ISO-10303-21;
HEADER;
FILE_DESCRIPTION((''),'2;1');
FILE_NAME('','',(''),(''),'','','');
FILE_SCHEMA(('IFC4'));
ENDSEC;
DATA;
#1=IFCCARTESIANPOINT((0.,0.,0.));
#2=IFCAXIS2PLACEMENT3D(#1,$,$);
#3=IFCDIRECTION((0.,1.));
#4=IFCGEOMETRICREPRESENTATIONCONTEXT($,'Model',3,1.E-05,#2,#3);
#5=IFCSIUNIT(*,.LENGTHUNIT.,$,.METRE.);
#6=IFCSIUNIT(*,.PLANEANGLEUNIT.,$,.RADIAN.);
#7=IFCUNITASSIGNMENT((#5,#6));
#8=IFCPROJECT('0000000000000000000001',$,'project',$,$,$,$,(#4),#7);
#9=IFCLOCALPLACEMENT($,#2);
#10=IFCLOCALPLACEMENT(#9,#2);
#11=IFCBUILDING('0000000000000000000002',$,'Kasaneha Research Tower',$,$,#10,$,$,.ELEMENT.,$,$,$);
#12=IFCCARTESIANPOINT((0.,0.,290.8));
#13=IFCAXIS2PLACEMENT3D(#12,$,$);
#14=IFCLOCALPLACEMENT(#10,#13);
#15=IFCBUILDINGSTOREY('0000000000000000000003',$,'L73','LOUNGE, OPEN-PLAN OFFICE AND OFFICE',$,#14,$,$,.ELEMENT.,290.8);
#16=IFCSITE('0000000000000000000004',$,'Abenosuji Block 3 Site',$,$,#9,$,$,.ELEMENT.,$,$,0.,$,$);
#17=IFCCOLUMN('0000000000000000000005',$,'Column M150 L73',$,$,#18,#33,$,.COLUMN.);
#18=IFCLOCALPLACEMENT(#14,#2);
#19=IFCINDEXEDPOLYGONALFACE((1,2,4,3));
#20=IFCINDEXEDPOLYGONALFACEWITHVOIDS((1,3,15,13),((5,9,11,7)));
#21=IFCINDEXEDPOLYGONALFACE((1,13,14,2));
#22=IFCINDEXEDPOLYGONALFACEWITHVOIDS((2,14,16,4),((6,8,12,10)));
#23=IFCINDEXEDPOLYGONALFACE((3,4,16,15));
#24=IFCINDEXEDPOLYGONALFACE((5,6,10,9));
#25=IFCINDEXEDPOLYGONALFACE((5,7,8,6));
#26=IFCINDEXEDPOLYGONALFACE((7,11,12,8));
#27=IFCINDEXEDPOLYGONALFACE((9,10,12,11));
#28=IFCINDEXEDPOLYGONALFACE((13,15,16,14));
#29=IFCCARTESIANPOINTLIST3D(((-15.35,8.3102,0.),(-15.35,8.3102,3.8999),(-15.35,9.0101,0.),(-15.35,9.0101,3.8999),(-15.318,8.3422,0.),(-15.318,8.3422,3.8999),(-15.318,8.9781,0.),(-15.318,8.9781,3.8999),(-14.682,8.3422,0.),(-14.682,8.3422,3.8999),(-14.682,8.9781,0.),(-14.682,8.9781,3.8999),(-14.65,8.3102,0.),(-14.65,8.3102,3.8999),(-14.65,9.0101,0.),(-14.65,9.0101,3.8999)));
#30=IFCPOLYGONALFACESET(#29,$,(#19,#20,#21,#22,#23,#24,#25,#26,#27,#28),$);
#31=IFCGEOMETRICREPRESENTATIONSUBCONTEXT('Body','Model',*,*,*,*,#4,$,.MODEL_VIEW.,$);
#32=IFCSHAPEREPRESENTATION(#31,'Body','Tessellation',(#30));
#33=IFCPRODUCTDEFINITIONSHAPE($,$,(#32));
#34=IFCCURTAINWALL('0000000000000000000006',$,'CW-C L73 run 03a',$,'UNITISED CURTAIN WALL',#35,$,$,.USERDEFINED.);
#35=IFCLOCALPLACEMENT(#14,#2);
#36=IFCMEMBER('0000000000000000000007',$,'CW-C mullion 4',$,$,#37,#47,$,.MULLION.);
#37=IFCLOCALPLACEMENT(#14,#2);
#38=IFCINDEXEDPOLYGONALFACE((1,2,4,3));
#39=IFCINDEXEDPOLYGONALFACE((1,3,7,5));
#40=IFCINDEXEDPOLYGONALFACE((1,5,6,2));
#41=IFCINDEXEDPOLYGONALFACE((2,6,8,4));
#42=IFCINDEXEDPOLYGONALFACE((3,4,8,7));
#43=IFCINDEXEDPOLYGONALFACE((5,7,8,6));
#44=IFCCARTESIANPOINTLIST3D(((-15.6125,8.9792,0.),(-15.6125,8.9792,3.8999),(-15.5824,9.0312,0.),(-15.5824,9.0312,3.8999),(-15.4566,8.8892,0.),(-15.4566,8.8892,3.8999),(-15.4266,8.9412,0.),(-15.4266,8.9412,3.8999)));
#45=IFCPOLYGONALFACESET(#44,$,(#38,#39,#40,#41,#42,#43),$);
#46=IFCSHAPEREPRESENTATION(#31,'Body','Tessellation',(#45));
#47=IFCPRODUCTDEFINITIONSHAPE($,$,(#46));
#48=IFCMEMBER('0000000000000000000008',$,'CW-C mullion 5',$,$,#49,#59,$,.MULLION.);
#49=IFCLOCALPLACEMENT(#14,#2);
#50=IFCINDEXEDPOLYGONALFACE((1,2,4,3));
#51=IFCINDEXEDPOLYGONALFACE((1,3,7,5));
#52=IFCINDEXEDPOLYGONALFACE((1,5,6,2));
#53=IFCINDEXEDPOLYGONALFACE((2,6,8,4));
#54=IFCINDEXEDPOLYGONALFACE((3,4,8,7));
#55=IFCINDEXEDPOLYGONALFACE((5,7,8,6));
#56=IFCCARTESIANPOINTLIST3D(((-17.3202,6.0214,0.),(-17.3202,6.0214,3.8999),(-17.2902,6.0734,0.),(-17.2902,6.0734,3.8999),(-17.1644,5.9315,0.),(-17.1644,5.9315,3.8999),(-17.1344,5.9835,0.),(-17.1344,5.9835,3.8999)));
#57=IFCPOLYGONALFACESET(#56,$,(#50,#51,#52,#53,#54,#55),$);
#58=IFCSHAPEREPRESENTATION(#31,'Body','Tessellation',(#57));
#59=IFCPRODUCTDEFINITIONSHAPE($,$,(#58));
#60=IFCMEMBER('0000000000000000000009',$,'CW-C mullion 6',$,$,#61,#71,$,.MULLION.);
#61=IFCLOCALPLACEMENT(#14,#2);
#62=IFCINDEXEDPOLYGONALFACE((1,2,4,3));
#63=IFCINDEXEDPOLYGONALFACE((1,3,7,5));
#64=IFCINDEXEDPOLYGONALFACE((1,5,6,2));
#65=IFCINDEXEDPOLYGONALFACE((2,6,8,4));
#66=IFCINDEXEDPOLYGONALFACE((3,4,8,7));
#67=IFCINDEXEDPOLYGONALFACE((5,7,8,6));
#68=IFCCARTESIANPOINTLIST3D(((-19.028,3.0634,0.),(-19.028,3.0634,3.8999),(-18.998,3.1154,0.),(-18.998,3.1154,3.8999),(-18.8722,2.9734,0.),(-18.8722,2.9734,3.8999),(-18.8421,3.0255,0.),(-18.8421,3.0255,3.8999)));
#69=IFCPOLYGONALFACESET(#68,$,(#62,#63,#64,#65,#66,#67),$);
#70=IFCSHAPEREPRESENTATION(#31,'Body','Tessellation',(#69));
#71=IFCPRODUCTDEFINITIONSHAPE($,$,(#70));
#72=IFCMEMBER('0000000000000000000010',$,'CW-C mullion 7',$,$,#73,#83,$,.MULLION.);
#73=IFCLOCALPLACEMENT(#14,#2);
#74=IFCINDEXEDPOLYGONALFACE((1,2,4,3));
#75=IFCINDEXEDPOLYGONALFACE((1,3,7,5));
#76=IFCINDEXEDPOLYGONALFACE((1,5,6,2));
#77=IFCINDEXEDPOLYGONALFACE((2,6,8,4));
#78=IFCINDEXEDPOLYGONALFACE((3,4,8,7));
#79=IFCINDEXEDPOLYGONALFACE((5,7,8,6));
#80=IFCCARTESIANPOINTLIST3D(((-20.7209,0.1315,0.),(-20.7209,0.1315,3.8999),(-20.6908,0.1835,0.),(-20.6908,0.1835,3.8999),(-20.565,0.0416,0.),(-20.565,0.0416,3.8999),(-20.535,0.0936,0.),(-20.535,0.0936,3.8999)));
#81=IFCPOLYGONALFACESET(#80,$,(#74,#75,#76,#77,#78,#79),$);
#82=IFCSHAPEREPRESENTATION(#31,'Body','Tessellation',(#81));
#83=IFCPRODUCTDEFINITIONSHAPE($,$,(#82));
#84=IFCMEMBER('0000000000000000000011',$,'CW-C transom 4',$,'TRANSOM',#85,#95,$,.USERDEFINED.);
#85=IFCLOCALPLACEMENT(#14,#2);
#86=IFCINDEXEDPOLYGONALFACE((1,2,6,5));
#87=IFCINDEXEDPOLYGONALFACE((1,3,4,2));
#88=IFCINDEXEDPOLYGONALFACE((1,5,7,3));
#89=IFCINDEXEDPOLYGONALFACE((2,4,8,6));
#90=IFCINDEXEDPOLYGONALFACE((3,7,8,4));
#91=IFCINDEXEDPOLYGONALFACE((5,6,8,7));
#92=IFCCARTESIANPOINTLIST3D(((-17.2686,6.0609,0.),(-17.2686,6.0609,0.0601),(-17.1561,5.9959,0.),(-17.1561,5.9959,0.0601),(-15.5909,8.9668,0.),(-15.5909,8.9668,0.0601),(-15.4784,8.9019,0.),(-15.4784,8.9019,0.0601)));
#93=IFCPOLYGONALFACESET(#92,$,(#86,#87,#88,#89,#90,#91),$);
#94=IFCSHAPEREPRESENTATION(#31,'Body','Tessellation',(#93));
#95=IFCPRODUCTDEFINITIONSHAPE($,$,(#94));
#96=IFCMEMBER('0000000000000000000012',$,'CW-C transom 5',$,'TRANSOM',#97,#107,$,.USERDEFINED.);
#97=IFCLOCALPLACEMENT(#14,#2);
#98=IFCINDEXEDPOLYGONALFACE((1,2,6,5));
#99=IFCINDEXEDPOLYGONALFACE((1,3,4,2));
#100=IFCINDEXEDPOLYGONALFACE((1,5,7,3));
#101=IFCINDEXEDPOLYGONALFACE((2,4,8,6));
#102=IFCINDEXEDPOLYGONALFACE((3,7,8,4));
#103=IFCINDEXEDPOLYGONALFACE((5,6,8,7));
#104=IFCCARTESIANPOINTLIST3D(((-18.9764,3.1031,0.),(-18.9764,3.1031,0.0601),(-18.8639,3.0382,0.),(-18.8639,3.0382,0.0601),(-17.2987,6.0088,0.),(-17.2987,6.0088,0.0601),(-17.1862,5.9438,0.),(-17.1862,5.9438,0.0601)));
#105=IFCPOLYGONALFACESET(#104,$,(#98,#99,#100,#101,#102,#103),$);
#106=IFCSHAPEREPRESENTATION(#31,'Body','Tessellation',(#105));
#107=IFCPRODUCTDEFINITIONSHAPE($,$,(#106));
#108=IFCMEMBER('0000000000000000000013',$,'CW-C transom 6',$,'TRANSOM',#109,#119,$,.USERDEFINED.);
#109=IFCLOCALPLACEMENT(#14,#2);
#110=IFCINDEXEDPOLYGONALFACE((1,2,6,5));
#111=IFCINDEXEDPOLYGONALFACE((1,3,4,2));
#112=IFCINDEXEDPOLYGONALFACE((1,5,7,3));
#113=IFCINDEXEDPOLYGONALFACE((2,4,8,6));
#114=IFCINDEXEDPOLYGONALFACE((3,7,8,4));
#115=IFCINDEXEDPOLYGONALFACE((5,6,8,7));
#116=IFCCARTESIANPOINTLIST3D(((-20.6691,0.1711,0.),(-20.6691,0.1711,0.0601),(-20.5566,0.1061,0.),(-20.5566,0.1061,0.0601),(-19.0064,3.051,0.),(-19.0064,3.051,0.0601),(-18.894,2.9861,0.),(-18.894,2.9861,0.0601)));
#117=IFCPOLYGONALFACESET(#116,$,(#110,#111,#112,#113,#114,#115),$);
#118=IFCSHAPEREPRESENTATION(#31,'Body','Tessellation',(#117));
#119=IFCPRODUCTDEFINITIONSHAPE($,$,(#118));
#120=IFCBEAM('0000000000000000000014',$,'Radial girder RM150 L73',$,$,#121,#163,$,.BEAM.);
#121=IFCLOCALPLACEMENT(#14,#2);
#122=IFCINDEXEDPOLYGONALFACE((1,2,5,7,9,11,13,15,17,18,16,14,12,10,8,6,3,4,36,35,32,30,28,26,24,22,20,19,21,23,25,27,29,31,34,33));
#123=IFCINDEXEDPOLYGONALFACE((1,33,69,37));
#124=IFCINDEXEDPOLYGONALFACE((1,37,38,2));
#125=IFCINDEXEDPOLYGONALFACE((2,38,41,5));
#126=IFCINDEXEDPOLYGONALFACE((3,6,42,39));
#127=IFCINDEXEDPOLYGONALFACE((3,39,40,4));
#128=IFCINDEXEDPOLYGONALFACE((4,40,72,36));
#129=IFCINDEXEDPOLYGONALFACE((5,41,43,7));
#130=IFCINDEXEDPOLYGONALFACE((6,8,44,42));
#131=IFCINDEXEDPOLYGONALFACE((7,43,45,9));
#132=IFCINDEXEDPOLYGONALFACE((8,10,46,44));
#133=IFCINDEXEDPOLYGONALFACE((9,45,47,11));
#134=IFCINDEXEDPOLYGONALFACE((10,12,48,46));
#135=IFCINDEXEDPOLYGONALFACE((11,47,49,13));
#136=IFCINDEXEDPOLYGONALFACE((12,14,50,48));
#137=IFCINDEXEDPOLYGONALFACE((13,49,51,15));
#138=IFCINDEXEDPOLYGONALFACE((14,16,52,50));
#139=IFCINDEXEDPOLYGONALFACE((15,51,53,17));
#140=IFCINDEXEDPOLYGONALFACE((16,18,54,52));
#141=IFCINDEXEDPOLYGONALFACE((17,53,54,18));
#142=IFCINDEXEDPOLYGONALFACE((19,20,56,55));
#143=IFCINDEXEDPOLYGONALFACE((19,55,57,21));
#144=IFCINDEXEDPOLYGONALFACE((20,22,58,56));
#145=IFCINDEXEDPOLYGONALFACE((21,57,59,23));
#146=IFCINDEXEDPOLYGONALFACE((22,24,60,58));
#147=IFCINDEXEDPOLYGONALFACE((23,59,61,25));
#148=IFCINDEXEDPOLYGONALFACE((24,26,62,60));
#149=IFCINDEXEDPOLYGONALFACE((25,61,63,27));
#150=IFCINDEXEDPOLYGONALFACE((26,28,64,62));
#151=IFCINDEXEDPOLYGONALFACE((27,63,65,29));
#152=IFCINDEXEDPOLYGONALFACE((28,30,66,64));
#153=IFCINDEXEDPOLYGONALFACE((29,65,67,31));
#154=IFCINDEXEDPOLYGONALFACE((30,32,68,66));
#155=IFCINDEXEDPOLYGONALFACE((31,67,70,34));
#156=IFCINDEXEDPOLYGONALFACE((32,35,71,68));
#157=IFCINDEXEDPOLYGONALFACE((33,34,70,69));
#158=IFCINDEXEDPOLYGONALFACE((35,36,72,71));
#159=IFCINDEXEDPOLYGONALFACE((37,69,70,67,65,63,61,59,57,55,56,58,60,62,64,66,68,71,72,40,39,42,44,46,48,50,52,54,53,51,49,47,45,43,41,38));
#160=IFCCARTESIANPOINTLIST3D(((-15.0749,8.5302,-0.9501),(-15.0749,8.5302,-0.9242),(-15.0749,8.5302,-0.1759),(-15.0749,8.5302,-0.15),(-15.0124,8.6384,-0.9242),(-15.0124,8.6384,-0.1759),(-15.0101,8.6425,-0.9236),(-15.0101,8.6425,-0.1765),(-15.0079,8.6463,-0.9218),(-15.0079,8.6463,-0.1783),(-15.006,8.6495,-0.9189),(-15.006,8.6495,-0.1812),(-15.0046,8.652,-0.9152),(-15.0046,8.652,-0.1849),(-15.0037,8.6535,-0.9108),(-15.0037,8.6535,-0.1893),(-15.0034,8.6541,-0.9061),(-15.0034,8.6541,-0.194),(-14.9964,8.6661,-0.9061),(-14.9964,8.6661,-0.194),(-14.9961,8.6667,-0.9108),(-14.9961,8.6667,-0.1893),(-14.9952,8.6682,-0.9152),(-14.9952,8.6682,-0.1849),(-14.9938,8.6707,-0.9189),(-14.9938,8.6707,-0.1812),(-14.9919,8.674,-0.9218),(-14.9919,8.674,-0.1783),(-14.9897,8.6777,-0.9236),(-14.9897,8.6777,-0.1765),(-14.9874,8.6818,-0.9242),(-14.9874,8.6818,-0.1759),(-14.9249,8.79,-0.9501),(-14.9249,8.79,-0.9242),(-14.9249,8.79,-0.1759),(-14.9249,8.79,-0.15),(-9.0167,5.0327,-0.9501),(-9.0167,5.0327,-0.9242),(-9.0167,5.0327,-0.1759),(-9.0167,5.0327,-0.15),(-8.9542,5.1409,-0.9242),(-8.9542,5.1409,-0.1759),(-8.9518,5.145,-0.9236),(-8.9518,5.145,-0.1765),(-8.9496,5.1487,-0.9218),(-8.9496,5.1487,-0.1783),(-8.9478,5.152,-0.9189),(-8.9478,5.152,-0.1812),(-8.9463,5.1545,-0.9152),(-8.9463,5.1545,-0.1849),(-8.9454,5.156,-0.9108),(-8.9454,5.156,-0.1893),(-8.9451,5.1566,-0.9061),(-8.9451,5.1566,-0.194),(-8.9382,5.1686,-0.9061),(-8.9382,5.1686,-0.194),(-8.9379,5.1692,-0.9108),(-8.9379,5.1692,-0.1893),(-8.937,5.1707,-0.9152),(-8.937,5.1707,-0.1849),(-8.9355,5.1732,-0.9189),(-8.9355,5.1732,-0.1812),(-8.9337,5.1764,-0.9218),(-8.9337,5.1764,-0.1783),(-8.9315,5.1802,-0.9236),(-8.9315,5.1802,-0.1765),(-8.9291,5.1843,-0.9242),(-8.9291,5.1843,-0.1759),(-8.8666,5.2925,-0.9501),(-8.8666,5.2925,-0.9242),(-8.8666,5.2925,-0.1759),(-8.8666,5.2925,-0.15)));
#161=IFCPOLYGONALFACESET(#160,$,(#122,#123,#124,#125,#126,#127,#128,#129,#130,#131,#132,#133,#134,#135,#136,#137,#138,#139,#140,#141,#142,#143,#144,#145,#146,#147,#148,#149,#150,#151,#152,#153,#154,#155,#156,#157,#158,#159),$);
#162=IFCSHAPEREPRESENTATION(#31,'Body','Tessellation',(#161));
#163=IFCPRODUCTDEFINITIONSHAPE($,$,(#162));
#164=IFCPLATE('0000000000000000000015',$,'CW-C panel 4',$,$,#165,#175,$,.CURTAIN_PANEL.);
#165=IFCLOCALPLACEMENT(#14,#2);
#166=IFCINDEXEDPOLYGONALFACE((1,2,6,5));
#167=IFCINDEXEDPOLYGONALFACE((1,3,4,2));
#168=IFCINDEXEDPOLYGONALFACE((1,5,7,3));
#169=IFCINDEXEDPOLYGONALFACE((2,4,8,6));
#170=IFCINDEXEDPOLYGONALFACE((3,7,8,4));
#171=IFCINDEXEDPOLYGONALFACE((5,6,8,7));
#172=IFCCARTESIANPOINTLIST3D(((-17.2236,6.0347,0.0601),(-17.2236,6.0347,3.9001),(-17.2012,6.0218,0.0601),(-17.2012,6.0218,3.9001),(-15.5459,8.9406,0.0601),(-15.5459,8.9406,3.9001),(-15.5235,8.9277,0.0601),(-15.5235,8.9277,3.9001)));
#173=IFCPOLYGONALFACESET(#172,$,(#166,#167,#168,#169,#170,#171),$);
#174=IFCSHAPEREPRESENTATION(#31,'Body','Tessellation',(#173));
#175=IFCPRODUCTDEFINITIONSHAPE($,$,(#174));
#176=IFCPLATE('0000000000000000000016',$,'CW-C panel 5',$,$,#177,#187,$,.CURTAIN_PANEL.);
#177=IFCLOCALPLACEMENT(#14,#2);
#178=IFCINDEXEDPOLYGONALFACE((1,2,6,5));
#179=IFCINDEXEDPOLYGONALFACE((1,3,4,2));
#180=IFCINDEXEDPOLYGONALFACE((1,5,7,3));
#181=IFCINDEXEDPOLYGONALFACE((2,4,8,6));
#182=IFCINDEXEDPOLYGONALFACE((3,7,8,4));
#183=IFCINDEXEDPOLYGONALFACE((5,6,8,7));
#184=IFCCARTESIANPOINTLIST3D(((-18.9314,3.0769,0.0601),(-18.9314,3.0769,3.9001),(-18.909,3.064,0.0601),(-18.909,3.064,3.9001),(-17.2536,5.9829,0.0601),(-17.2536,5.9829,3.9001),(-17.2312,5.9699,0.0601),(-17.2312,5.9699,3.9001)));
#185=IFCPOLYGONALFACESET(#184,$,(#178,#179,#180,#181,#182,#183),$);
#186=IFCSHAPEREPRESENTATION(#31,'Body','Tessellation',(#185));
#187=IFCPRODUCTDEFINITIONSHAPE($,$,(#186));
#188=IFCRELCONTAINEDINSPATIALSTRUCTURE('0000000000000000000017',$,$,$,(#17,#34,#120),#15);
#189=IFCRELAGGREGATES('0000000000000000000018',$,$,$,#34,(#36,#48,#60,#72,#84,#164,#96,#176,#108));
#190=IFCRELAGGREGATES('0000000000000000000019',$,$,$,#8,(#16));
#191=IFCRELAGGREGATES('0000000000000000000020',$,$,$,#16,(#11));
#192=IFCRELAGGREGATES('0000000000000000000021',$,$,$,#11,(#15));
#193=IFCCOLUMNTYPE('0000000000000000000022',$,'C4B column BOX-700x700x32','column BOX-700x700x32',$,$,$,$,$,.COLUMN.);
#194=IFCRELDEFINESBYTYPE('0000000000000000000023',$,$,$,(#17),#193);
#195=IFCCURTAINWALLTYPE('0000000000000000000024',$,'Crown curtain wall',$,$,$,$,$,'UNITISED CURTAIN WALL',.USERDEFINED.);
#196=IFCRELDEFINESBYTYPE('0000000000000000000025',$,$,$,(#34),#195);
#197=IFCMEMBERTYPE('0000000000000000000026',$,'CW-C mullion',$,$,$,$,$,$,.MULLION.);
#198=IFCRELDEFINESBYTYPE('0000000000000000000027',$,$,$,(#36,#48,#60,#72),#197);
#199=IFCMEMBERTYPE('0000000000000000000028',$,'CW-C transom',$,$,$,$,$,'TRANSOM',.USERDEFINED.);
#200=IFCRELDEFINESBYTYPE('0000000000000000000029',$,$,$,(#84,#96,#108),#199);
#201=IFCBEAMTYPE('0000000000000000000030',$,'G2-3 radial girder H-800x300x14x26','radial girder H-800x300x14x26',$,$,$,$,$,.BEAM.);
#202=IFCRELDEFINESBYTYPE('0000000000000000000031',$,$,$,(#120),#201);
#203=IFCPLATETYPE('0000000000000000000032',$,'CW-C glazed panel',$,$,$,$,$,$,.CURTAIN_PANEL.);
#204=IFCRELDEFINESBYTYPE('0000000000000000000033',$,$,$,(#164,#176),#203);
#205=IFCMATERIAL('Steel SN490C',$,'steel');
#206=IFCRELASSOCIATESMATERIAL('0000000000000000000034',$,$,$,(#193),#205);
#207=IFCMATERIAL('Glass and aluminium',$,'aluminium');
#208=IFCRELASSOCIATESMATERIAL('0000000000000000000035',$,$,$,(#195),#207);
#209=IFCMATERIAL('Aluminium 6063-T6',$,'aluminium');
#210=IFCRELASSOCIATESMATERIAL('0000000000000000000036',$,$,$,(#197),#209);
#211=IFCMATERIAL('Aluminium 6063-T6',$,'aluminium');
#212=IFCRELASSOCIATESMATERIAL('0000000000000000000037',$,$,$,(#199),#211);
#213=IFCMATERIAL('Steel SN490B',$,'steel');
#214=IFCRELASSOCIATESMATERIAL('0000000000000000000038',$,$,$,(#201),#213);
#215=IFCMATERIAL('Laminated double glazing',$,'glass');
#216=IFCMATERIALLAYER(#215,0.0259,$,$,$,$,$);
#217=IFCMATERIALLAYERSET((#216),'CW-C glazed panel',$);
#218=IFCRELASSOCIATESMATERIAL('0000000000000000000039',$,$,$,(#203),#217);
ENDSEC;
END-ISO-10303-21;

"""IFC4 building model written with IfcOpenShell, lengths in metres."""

from ifc_helpers import new_model, si_unit, direction, frame, origin, origin_2d, place, context, subcontext, project, spatial, rectangle, hollow_rectangle, i_section, extrude, material, layer, layer_set, material_profile, profile_set, type_object, element, aggregate, save


model = new_model("IFC4")

# Units and contexts
model_context = context("Model", 3, precision=1e-05, world=origin(), true_north=direction((0.0, 1.0)))
body_context = subcontext(model_context, "Body", "Model", "MODEL_VIEW")
ifc_project = project(units=[si_unit("LENGTHUNIT", "METRE"), si_unit("PLANEANGLEUNIT", "RADIAN")], contexts=[model_context])

# Site, building, storey
site_placement = place(None, origin())
site = spatial("IfcSite", under=ifc_project, at=site_placement, Name="Abenosuji Block 3 Site", CompositionType="ELEMENT", RefElevation=0.0)
building_placement = place(site_placement, origin())
building = spatial("IfcBuilding", under=site, at=building_placement, Name="Kasaneha Research Tower", CompositionType="ELEMENT")
storey_placement = place(building_placement, frame((0.0, 0.0, 290.8)))
storey = spatial("IfcBuildingStorey", under=building, at=storey_placement, Name="L73", Description="LOUNGE, OPEN-PLAN OFFICE AND OFFICE", CompositionType="ELEMENT", Elevation=290.8)

# Column
ifc_material_1 = material(Name="Steel SN490C", Category="steel")
ifc_material_profile_1 = material_profile(ifc_material_1, hollow_rectangle(XDim=0.7, YDim=0.7, WallThickness=0.032, at=origin_2d()), Name="BOX-700x700x32")
ifc_profile_set_1 = profile_set([ifc_material_profile_1], Name="Steel SN490C")
column_type = type_object("IfcColumnType", Name="C4B column BOX-700x700x32", Description="column BOX-700x700x32", PredefinedType="COLUMN", material=ifc_profile_set_1)
column_placement = place(storey_placement, frame((-15.0, 8.6602, 0.0), z_axis=(0.0, 0.0, 1.0), x_axis=(1.0, 0.0, 0.0)))
element("IfcColumn", 1, at=column_placement, inside=storey, type_object=column_type, Name="Column M150 L73", PredefinedType="COLUMN", context=body_context, shape_type="SweptSolid", body=[
    extrude(hollow_rectangle(XDim=0.7, YDim=0.7, WallThickness=0.032, at=origin_2d()), origin(), (0.0, 0.0, 1.0), 3.8999),
])

# Curtain wall, members
ifc_material_2 = material(Name="Glass and aluminium", Category="aluminium")
curtain_wall_type = type_object("IfcCurtainWallType", Name="Crown curtain wall", ElementType="UNITISED CURTAIN WALL", PredefinedType="USERDEFINED", material=ifc_material_2)
curtain_wall_placement = place(storey_placement, origin())
curtain_wall = element("IfcCurtainWall", 2, at=curtain_wall_placement, inside=storey, type_object=curtain_wall_type, Name="CW-C L73 run 03a", ObjectType="UNITISED CURTAIN WALL", PredefinedType="USERDEFINED")
ifc_material_3 = material(Name="Aluminium 6063-T6", Category="aluminium")
ifc_material_profile_2 = material_profile(ifc_material_3, rectangle(XDim=0.0601, YDim=0.1799, at=origin_2d()), Name="CW-C mullion 60x180")
ifc_profile_set_2 = profile_set([ifc_material_profile_2], Name="Aluminium 6063-T6")
member_type_1 = type_object("IfcMemberType", Name="CW-C mullion", PredefinedType="MULLION", material=ifc_profile_set_2)
member_1_placement = place(storey_placement, frame((-15.5195, 8.9602, 0.0), z_axis=(0.0, 0.0, 1.0), x_axis=(-0.5, -0.866025, 0.0)))
member_1 = element("IfcMember", 3, at=member_1_placement, type_object=member_type_1, Name="CW-C mullion 4", PredefinedType="MULLION", context=body_context, shape_type="SweptSolid", body=[
    extrude(rectangle(XDim=0.0601, YDim=0.1799, at=origin_2d()), origin(), (0.0, 0.0, 1.0), 3.8999),
])
member_2_placement = place(storey_placement, frame((-17.2273, 6.0024, 0.0), z_axis=(0.0, 0.0, 1.0), x_axis=(-0.5, -0.866025, 0.0)))
member_2 = element("IfcMember", 4, at=member_2_placement, type_object=member_type_1, Name="CW-C mullion 5", PredefinedType="MULLION", context=body_context, shape_type="SweptSolid", body=[
    extrude(rectangle(XDim=0.0601, YDim=0.1799, at=origin_2d()), origin(), (0.0, 0.0, 1.0), 3.8999),
])
member_3_placement = place(storey_placement, frame((-18.9351, 3.0444, 0.0), z_axis=(0.0, 0.0, 1.0), x_axis=(-0.5, -0.866025, 0.0)))
member_3 = element("IfcMember", 5, at=member_3_placement, type_object=member_type_1, Name="CW-C mullion 6", PredefinedType="MULLION", context=body_context, shape_type="SweptSolid", body=[
    extrude(rectangle(XDim=0.0601, YDim=0.1799, at=origin_2d()), origin(), (0.0, 0.0, 1.0), 3.8999),
])
member_4_placement = place(storey_placement, frame((-20.6279, 0.1125, 0.0), z_axis=(0.0, 0.0, 1.0), x_axis=(-0.5, -0.866025, 0.0)))
member_4 = element("IfcMember", 6, at=member_4_placement, type_object=member_type_1, Name="CW-C mullion 7", PredefinedType="MULLION", context=body_context, shape_type="SweptSolid", body=[
    extrude(rectangle(XDim=0.0601, YDim=0.1799, at=origin_2d()), origin(), (0.0, 0.0, 1.0), 3.8999),
])
ifc_material_4 = material(Name="Aluminium 6063-T6", Category="aluminium")
ifc_material_profile_3 = material_profile(ifc_material_4, rectangle(XDim=0.1299, YDim=0.0601, at=origin_2d()), Name="CW-C transom 130x60")
ifc_profile_set_3 = profile_set([ifc_material_profile_3], Name="Aluminium 6063-T6")
member_type_2 = type_object("IfcMemberType", Name="CW-C transom", ElementType="TRANSOM", PredefinedType="USERDEFINED", material=ifc_profile_set_3)
member_5_placement = place(storey_placement, frame((-15.5347, 8.9343, 0.03), z_axis=(-0.499989, -0.866032, 0.0), x_axis=(0.866032, -0.499989, 0.0)))
member_5 = element("IfcMember", 7, at=member_5_placement, type_object=member_type_2, Name="CW-C transom 4", ObjectType="TRANSOM", PredefinedType="USERDEFINED", context=body_context, shape_type="SweptSolid", body=[
    extrude(rectangle(XDim=0.1299, YDim=0.0601, at=origin_2d()), origin(), (0.0, 0.0, 1.0), 3.3555),
])
member_6_placement = place(storey_placement, frame((-17.2424, 5.9763, 0.03), z_axis=(-0.500021, -0.866014, 0.0), x_axis=(0.866014, -0.500021, 0.0)))
member_6 = element("IfcMember", 8, at=member_6_placement, type_object=member_type_2, Name="CW-C transom 5", ObjectType="TRANSOM", PredefinedType="USERDEFINED", context=body_context, shape_type="SweptSolid", body=[
    extrude(rectangle(XDim=0.1299, YDim=0.0601, at=origin_2d()), origin(), (0.0, 0.0, 1.0), 3.3552),
])
member_7_placement = place(storey_placement, frame((-18.9502, 3.0186, 0.03), z_axis=(-0.499977, -0.866039, 0.0), x_axis=(0.866039, -0.499977, 0.0)))
member_7 = element("IfcMember", 9, at=member_7_placement, type_object=member_type_2, Name="CW-C transom 6", ObjectType="TRANSOM", PredefinedType="USERDEFINED", context=body_context, shape_type="SweptSolid", body=[
    extrude(rectangle(XDim=0.1299, YDim=0.0601, at=origin_2d()), origin(), (0.0, 0.0, 1.0), 3.3254),
])

# Beam
ifc_material_5 = material(Name="Steel SN490B", Category="steel")
ifc_material_profile_4 = material_profile(ifc_material_5, i_section(OverallWidth=0.3, OverallDepth=0.8, WebThickness=0.0139, FlangeThickness=0.0259, FilletRadius=0.0181, at=origin_2d()), Name="H-800x300x14x26")
ifc_profile_set_4 = profile_set([ifc_material_profile_4], Name="Steel SN490B")
beam_type = type_object("IfcBeamType", Name="G2-3 radial girder H-800x300x14x26", Description="radial girder H-800x300x14x26", PredefinedType="BEAM", material=ifc_profile_set_4)
beam_placement = place(storey_placement, frame((-8.9417, 5.1626, -0.55), z_axis=(-0.86604, 0.499975, 0.0), x_axis=(-0.499975, -0.86604, 0.0)))
element("IfcBeam", 10, at=beam_placement, inside=storey, type_object=beam_type, Name="Radial girder RM150 L73", PredefinedType="BEAM", context=body_context, shape_type="SweptSolid", body=[
    extrude(i_section(OverallWidth=0.3, OverallDepth=0.8, WebThickness=0.0139, FlangeThickness=0.0259, FilletRadius=0.0181, at=origin_2d()), origin(), (0.0, 0.0, 1.0), 6.9954),
])

# Plates
ifc_material_6 = material(Name="Laminated double glazing", Category="glass")
ifc_layer_1 = layer(ifc_material_6, 0.0259)
ifc_layer_set_1 = layer_set([ifc_layer_1], Name="CW-C glazed panel")
plate_type = type_object("IfcPlateType", Name="CW-C glazed panel", PredefinedType="CURTAIN_PANEL", material=ifc_layer_set_1)
plate_1_placement = place(storey_placement, frame((-16.3735, 7.4812, 0.0601), z_axis=(0.0, 0.0, 1.0), x_axis=(-0.5, -0.866025, 0.0)))
plate_1 = element("IfcPlate", 11, at=plate_1_placement, type_object=plate_type, Name="CW-C panel 4", PredefinedType="CURTAIN_PANEL", context=body_context, shape_type="SweptSolid", body=[
    extrude(rectangle(XDim=3.3555, YDim=0.0259, at=origin_2d()), origin(), (0.0, 0.0, 1.0), 3.8401),
])
plate_2_placement = place(storey_placement, frame((-18.0813, 4.5234, 0.0601), z_axis=(0.0, 0.0, 1.0), x_axis=(-0.5, -0.866025, 0.0)))
plate_2 = element("IfcPlate", 12, at=plate_2_placement, type_object=plate_type, Name="CW-C panel 5", PredefinedType="CURTAIN_PANEL", context=body_context, shape_type="SweptSolid", body=[
    extrude(rectangle(XDim=3.3555, YDim=0.0259, at=origin_2d()), origin(), (0.0, 0.0, 1.0), 3.8401),
])
aggregate(curtain_wall, [member_1, member_2, member_3, member_4, member_5, plate_1, member_6, plate_2, member_7])

save(model, "model.ifc")
